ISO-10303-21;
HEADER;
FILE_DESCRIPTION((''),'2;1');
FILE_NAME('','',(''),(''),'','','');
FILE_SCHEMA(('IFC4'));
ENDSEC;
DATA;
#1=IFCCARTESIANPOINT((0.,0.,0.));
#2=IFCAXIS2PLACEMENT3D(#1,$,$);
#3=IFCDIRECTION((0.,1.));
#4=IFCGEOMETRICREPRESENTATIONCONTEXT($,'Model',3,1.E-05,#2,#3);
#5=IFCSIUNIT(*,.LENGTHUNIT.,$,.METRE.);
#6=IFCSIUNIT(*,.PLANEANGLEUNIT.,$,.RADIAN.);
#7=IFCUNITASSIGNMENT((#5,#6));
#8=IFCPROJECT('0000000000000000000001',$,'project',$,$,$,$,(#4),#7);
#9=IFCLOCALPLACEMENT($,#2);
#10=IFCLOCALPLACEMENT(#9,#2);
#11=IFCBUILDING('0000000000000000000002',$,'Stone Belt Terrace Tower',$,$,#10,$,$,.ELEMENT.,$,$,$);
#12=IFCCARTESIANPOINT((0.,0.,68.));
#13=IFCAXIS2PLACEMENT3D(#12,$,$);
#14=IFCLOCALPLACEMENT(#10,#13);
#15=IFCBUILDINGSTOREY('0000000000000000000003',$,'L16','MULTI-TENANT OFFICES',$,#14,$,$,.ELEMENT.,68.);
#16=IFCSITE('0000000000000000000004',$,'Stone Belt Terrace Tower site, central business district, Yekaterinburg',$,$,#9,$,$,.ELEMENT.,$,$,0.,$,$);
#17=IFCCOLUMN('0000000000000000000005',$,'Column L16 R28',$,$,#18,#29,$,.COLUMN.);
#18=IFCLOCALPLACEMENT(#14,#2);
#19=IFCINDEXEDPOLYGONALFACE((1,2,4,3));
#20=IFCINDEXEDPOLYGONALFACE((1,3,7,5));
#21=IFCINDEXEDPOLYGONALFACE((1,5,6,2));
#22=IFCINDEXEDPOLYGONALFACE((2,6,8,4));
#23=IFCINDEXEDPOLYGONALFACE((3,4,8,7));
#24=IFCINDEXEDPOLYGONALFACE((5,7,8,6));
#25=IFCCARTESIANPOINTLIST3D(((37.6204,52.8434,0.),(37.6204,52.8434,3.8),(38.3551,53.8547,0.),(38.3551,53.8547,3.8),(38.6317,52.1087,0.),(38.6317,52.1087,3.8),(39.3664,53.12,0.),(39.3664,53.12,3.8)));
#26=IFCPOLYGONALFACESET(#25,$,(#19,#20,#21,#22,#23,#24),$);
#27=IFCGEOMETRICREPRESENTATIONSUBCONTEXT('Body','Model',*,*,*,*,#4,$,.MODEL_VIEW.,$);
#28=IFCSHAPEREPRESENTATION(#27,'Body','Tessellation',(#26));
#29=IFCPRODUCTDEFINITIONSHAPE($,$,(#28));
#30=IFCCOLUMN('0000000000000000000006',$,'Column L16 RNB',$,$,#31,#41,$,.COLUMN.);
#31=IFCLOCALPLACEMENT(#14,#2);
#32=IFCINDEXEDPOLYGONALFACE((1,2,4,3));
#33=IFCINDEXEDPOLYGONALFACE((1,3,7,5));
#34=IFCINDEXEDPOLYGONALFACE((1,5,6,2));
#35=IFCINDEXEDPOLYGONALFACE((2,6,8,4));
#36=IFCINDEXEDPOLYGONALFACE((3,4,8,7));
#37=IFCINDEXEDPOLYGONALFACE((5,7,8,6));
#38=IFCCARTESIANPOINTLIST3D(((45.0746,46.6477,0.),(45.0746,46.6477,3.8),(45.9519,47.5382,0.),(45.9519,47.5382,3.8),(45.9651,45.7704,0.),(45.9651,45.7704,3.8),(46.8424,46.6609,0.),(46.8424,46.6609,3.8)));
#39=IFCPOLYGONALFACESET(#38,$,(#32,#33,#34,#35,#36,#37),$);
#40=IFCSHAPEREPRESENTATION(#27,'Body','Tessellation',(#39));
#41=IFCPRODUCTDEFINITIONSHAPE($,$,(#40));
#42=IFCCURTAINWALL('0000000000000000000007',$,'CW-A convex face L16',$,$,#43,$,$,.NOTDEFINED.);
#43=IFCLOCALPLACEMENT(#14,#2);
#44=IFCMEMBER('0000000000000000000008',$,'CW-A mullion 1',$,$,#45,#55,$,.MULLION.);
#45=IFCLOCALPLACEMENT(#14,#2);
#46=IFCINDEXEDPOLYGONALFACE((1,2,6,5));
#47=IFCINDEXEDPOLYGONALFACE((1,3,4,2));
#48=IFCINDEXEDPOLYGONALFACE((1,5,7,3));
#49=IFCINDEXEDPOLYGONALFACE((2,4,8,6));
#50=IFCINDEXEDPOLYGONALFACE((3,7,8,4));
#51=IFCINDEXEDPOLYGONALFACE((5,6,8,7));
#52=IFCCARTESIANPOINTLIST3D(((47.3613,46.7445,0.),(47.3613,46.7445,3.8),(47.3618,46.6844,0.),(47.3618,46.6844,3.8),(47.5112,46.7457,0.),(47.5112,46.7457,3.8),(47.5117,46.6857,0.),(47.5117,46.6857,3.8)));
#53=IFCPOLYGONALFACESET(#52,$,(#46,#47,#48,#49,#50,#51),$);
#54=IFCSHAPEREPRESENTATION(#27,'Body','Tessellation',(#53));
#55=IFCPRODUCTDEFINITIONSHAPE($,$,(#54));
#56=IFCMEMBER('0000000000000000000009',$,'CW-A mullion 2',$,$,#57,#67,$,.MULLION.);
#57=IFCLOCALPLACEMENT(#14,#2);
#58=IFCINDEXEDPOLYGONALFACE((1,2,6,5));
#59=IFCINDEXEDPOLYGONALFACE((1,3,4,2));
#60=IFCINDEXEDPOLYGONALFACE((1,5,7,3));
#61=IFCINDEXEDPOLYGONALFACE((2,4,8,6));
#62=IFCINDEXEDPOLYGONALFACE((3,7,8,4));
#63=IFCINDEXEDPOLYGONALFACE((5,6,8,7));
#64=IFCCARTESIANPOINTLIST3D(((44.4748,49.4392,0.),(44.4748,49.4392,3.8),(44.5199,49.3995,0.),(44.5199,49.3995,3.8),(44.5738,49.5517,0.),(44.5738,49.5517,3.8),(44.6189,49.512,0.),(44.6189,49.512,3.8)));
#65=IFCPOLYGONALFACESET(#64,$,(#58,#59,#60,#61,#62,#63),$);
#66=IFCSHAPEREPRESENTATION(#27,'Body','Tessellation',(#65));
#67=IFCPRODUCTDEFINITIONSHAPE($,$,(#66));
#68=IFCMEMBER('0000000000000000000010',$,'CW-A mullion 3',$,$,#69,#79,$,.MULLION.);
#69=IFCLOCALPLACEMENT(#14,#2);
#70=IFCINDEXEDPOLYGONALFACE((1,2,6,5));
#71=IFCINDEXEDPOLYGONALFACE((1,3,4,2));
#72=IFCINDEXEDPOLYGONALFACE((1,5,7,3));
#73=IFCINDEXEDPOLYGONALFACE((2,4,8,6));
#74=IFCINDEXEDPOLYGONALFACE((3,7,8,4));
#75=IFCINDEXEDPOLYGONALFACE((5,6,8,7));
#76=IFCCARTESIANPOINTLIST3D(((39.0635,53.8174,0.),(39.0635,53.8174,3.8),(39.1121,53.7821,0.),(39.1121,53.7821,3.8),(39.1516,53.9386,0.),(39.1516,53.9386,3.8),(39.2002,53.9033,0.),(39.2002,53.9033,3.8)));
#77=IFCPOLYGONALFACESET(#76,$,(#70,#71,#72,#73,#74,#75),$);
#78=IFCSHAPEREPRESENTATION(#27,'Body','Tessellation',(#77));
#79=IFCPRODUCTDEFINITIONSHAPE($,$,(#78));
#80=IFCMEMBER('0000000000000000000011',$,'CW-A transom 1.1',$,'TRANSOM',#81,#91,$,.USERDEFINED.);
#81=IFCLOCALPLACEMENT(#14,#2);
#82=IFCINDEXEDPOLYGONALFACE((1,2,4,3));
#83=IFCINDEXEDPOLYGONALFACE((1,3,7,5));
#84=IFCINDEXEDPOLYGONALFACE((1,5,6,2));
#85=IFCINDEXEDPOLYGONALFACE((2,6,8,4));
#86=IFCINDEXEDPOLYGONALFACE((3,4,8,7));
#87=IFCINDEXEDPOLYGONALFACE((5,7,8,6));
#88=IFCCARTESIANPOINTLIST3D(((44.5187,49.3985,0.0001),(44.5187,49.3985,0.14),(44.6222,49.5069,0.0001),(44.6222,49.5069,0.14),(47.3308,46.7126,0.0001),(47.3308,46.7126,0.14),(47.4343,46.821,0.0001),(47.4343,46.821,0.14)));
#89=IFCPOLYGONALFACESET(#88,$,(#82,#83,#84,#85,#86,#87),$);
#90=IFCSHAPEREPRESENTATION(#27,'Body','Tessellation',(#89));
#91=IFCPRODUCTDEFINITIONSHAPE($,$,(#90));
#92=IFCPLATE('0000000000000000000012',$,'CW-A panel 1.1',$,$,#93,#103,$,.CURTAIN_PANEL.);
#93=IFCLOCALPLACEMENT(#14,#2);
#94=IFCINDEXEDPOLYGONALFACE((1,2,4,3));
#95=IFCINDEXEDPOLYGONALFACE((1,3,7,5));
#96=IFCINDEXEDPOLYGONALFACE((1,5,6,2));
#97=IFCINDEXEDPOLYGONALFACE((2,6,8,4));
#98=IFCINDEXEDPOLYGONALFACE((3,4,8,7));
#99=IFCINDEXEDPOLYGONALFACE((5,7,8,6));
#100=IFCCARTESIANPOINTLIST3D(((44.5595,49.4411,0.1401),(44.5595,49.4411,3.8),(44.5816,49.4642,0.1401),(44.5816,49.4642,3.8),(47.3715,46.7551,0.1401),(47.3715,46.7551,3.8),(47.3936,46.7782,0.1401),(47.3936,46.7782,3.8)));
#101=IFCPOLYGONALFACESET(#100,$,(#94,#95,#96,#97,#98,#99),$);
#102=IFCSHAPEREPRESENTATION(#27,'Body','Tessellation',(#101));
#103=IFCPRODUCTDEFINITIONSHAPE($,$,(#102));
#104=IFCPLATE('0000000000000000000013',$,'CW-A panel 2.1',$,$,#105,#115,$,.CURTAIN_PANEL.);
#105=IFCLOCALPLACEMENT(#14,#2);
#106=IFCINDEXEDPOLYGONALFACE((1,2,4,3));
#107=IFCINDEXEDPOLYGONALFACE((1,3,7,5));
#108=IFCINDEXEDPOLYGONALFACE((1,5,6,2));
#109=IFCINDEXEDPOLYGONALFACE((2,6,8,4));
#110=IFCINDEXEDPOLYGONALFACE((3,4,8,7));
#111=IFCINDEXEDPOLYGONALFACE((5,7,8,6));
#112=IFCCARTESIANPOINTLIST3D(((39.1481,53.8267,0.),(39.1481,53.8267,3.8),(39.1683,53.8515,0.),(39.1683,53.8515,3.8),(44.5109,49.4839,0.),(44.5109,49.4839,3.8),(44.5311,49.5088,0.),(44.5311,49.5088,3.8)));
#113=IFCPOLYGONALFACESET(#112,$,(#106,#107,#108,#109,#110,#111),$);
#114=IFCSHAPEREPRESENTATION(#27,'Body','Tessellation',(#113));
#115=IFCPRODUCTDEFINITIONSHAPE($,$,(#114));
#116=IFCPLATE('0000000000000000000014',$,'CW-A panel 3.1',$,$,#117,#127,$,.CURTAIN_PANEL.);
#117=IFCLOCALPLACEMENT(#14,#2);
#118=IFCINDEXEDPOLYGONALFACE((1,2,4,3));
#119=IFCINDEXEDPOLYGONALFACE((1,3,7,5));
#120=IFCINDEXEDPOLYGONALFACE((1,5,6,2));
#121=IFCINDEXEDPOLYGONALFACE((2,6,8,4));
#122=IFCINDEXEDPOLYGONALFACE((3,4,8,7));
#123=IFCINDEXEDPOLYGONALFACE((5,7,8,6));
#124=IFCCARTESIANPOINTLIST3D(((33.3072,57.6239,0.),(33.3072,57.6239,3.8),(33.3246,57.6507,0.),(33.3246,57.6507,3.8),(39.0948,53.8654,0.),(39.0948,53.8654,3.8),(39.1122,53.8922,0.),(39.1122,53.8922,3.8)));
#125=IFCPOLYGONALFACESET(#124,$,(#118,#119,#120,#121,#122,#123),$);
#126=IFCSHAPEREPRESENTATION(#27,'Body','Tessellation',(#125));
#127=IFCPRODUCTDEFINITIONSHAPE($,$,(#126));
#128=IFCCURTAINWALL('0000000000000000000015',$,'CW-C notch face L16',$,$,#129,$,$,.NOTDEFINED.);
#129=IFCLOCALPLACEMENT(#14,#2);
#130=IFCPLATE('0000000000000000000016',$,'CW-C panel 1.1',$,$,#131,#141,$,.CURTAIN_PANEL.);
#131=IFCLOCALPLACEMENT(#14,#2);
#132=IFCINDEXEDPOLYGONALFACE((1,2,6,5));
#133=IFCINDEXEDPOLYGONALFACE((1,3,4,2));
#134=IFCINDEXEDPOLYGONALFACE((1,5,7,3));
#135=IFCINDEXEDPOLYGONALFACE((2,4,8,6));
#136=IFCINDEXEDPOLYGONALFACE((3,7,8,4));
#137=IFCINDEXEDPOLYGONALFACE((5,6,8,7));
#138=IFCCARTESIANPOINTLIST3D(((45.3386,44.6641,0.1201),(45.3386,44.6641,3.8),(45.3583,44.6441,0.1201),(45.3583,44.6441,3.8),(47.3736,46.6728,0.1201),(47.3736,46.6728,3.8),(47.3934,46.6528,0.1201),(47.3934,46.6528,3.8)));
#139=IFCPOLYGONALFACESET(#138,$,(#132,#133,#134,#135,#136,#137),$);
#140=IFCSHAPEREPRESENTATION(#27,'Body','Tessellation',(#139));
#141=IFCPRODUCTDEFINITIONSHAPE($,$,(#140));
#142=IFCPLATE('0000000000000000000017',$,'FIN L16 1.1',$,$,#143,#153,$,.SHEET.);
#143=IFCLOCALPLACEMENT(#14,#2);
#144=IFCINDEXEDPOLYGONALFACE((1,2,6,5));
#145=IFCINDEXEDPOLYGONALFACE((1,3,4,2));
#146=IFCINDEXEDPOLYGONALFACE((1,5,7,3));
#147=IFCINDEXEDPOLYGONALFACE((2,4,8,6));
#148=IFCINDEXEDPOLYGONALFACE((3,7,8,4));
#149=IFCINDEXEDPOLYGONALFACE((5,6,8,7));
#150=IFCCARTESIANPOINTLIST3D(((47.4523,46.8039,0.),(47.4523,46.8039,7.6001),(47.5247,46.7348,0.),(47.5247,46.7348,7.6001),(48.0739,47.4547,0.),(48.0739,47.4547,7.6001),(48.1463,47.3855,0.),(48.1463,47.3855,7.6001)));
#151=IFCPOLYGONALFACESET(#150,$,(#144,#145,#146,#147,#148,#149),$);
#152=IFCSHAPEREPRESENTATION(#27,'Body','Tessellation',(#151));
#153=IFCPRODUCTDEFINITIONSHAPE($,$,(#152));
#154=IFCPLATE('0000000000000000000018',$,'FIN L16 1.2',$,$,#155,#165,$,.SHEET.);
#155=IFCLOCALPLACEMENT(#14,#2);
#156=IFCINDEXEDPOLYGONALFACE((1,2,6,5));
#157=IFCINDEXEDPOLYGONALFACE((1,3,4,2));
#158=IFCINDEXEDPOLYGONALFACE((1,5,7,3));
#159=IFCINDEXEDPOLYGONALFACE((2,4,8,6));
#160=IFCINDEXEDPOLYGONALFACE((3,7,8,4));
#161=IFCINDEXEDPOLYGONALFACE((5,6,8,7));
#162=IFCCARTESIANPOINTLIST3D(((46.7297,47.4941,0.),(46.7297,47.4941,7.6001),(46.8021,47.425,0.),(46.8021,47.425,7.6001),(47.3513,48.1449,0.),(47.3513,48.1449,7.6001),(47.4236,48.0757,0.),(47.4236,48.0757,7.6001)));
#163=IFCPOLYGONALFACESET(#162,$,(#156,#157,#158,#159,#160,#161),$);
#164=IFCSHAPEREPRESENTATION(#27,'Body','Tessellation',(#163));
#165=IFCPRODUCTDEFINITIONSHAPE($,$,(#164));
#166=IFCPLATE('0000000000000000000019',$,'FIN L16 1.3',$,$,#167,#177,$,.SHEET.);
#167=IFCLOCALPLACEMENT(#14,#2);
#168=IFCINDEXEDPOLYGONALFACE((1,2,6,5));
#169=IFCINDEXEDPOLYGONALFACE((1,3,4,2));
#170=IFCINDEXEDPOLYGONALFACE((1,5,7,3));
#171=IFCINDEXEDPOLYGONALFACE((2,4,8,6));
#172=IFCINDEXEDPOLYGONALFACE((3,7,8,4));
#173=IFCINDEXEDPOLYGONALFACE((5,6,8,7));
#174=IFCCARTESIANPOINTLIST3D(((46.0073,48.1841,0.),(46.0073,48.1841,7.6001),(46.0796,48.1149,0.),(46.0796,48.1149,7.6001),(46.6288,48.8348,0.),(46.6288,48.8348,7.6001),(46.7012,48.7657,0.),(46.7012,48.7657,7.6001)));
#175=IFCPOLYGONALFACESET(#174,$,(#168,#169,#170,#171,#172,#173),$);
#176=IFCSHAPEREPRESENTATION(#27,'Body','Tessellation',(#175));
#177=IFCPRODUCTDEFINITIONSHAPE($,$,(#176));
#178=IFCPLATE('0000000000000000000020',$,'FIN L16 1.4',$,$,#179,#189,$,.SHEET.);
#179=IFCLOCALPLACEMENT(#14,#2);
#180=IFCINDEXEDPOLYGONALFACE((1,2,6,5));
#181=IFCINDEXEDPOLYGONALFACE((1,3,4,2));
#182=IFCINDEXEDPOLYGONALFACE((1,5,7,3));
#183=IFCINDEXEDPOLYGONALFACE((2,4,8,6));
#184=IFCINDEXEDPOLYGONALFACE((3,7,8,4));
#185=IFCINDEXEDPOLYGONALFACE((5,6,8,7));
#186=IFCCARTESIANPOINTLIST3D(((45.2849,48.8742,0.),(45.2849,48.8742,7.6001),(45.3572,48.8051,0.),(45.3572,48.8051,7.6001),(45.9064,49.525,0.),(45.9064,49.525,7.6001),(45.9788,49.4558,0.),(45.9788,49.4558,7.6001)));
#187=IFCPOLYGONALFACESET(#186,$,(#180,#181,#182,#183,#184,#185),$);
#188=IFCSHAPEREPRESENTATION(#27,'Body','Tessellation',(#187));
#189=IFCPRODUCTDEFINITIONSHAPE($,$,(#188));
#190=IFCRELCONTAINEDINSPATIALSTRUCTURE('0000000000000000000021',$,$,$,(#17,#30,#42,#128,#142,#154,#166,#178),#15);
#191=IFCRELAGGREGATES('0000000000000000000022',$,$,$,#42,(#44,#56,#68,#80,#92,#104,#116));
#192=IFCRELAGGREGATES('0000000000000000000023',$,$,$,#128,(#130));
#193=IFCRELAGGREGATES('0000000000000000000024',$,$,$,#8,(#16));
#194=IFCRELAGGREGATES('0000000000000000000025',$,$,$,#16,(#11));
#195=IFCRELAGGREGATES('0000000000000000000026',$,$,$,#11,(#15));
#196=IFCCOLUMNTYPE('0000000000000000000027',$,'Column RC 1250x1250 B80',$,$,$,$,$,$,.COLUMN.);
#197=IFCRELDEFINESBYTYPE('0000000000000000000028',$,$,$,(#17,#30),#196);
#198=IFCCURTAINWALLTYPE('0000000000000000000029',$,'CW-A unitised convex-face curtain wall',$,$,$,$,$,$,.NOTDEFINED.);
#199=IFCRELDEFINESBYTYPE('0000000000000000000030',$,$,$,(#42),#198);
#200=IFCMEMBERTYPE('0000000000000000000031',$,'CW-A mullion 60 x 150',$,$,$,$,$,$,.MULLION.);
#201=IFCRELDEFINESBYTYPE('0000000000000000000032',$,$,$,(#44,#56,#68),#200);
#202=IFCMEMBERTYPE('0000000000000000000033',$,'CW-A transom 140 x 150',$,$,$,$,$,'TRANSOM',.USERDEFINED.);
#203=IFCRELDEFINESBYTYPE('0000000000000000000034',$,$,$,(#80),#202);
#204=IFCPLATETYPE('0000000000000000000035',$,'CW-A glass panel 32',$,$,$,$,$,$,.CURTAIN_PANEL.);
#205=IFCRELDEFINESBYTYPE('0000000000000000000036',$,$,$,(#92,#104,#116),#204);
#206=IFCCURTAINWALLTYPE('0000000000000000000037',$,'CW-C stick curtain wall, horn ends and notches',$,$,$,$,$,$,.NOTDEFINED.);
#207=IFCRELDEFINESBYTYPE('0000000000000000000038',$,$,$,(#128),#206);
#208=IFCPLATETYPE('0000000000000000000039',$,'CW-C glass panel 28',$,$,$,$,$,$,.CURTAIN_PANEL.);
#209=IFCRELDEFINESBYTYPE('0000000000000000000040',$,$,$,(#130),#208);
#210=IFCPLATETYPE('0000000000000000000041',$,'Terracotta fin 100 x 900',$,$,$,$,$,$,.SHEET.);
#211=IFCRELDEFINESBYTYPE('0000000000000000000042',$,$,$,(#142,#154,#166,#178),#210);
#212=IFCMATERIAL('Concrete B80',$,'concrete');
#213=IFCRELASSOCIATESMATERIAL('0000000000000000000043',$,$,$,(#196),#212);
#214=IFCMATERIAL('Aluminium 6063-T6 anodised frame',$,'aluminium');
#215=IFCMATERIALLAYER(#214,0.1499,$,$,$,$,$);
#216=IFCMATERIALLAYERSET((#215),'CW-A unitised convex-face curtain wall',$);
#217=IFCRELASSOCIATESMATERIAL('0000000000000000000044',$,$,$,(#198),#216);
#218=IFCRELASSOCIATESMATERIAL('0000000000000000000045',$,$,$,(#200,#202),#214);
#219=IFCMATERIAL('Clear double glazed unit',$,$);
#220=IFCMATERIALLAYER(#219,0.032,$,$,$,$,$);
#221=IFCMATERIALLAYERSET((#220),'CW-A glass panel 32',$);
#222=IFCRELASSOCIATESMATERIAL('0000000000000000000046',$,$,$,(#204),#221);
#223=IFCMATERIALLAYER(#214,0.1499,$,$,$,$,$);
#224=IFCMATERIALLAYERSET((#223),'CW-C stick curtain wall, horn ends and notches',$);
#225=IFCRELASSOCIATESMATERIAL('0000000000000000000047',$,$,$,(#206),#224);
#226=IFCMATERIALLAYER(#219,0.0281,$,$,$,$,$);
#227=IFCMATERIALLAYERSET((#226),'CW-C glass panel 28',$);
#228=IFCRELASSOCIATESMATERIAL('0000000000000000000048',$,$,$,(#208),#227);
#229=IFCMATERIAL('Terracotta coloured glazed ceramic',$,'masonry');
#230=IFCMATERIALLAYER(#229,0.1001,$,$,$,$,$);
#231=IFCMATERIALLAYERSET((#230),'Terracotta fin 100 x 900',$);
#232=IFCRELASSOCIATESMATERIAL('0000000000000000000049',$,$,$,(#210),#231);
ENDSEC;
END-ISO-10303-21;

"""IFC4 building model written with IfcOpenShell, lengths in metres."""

from ifc_helpers import new_model, si_unit, direction, frame, origin, origin_2d, place, context, subcontext, project, spatial, rectangle, extrude, material, layer, layer_set, material_profile, profile_set, type_object, element, aggregate, save


model = new_model("IFC4")

# Units and contexts
model_context = context("Model", 3, precision=1e-05, world=origin(), true_north=direction((0.0, 1.0)))
body_context = subcontext(model_context, "Body", "Model", "MODEL_VIEW")
ifc_project = project(units=[si_unit("LENGTHUNIT", "METRE"), si_unit("PLANEANGLEUNIT", "RADIAN")], contexts=[model_context])

# Site, building, storey
site_placement = place(None, origin())
site = spatial("IfcSite", under=ifc_project, at=site_placement, Name="Stone Belt Terrace Tower site, central business district, Yekaterinburg", CompositionType="ELEMENT", RefElevation=0.0)
building_placement = place(site_placement, origin())
building = spatial("IfcBuilding", under=site, at=building_placement, Name="Stone Belt Terrace Tower", CompositionType="ELEMENT")
storey_placement = place(building_placement, frame((0.0, 0.0, 68.0)))
storey = spatial("IfcBuildingStorey", under=building, at=storey_placement, Name="L16", Description="MULTI-TENANT OFFICES", CompositionType="ELEMENT", Elevation=68.0)

# Columns
ifc_material_1 = material(Name="Concrete B80", Category="concrete")
ifc_material_profile_1 = material_profile(ifc_material_1, rectangle(XDim=1.25, YDim=1.25, at=origin_2d()), Name="RC 1250x1250")
ifc_profile_set_1 = profile_set([ifc_material_profile_1], Name="Concrete B80")
column_type = type_object("IfcColumnType", Name="Column RC 1250x1250 B80", PredefinedType="COLUMN", material=ifc_profile_set_1)
for number, where, z_axis, x_axis, name in (
    (1, (38.4934, 52.9817, 0.0), (0.0, 0.0, 1.0), (0.809017, -0.587785, 0.0), "Column L16 R28"),
    (2, (45.9585, 46.6543, 0.0), (0.0, 0.0, 1.0), (0.712398, -0.701775, 0.0), "Column L16 RNB"),
):
    element("IfcColumn", number, at=place(storey_placement, frame(where, z_axis=z_axis, x_axis=x_axis)), inside=storey, type_object=column_type, Name=name, PredefinedType="COLUMN", context=body_context, shape_type="SweptSolid", body=[
        extrude(rectangle(XDim=1.25, YDim=1.25, at=origin_2d()), origin(), (0.0, 0.0, 1.0), 3.8),
    ])

# Curtain wall, members, plates
ifc_material_2 = material(Name="Aluminium 6063-T6 anodised frame", Category="aluminium")
ifc_layer_1 = layer(ifc_material_2, 0.1499)
ifc_layer_set_1 = layer_set([ifc_layer_1], Name="CW-A unitised convex-face curtain wall")
curtain_wall_type_1 = type_object("IfcCurtainWallType", Name="CW-A unitised convex-face curtain wall", PredefinedType="NOTDEFINED", material=ifc_layer_set_1)
curtain_wall_1_placement = place(storey_placement, origin())
curtain_wall_1 = element("IfcCurtainWall", 3, at=curtain_wall_1_placement, inside=storey, type_object=curtain_wall_type_1, Name="CW-A convex face L16", PredefinedType="NOTDEFINED")
ifc_material_profile_2 = material_profile(ifc_material_2, rectangle(XDim=0.1499, YDim=0.0601, at=origin_2d()), Name="Aluminium 6063-T6 60x150")
ifc_profile_set_2 = profile_set([ifc_material_profile_2], Name="Aluminium 6063-T6 anodised frame")
member_type_1 = type_object("IfcMemberType", Name="CW-A mullion 60 x 150", PredefinedType="MULLION", material=ifc_profile_set_2)
member_1_placement = place(storey_placement, frame((47.4365, 46.7151, 0.0), z_axis=(0.0, 0.0, 1.0), x_axis=(-0.999966, -0.008188, 0.0)))
member_1 = element("IfcMember", 4, at=member_1_placement, type_object=member_type_1, Name="CW-A mullion 1", PredefinedType="MULLION", context=body_context, shape_type="SweptSolid", body=[
    extrude(rectangle(XDim=0.1499, YDim=0.0601, at=origin_2d()), origin(), (0.0, 0.0, 1.0), 3.8),
])
member_2_placement = place(storey_placement, frame((44.5469, 49.4756, 0.0), z_axis=(0.0, 0.0, 1.0), x_axis=(-0.660573, -0.750761, 0.0)))
member_2 = element("IfcMember", 5, at=member_2_placement, type_object=member_type_1, Name="CW-A mullion 2", PredefinedType="MULLION", context=body_context, shape_type="SweptSolid", body=[
    extrude(rectangle(XDim=0.1499, YDim=0.0601, at=origin_2d()), origin(), (0.0, 0.0, 1.0), 3.8),
])
member_3_placement = place(storey_placement, frame((39.1318, 53.8604, 0.0), z_axis=(0.0, 0.0, 1.0), x_axis=(-0.587785, -0.809017, 0.0)))
member_3 = element("IfcMember", 6, at=member_3_placement, type_object=member_type_1, Name="CW-A mullion 3", PredefinedType="MULLION", context=body_context, shape_type="SweptSolid", body=[
    extrude(rectangle(XDim=0.1499, YDim=0.0601, at=origin_2d()), origin(), (0.0, 0.0, 1.0), 3.8),
])
ifc_material_profile_3 = material_profile(ifc_material_2, rectangle(XDim=0.1499, YDim=0.1399, at=origin_2d()), Name="Aluminium 6063-T6 150x140")
ifc_profile_set_3 = profile_set([ifc_material_profile_3], Name="Aluminium 6063-T6 anodised frame")
member_type_2 = type_object("IfcMemberType", Name="CW-A transom 140 x 150", ElementType="TRANSOM", PredefinedType="USERDEFINED", material=ifc_profile_set_3)
member_4_placement = place(storey_placement, frame((47.3826, 46.7668, 0.0701), z_axis=(-0.72315, 0.690691, 0.0), x_axis=(-0.690691, -0.72315, 0.0)))
member_4 = element("IfcMember", 7, at=member_4_placement, type_object=member_type_2, Name="CW-A transom 1.1", ObjectType="TRANSOM", PredefinedType="USERDEFINED", context=body_context, shape_type="SweptSolid", body=[
    extrude(rectangle(XDim=0.1499, YDim=0.1399, at=origin_2d()), origin(), (0.0, 0.0, 1.0), 3.8887),
])
ifc_material_3 = material(Name="Clear double glazed unit")
ifc_layer_2 = layer(ifc_material_3, 0.032)
ifc_layer_set_2 = layer_set([ifc_layer_2], Name="CW-A glass panel 32")
plate_type_1 = type_object("IfcPlateType", Name="CW-A glass panel 32", PredefinedType="CURTAIN_PANEL", material=ifc_layer_set_2)
plate_1_placement = place(storey_placement, frame((45.9766, 48.1096, 0.1401), z_axis=(0.0, 0.0, 1.0), x_axis=(-0.723121, 0.690721, 0.0)))
plate_1 = element("IfcPlate", 8, at=plate_1_placement, type_object=plate_type_1, Name="CW-A panel 1.1", PredefinedType="CURTAIN_PANEL", context=body_context, shape_type="SweptSolid", body=[
    extrude(rectangle(XDim=3.8887, YDim=0.032, at=origin_2d()), origin(), (0.0, 0.0, 1.0), 3.6599),
])
plate_2_placement = place(storey_placement, frame((41.8396, 51.6677, 0.0), z_axis=(0.0, 0.0, 1.0), x_axis=(-0.777146, 0.62932, 0.0)))
plate_2 = element("IfcPlate", 9, at=plate_2_placement, type_object=plate_type_1, Name="CW-A panel 2.1", PredefinedType="CURTAIN_PANEL", context=body_context, shape_type="SweptSolid", body=[
    extrude(rectangle(XDim=6.9006, YDim=0.032, at=origin_2d()), origin(), (0.0, 0.0, 1.0), 3.8),
])
plate_3_placement = place(storey_placement, frame((36.2097, 55.7581, 0.0), z_axis=(0.0, 0.0, 1.0), x_axis=(-0.838671, 0.544639, 0.0)))
plate_3 = element("IfcPlate", 10, at=plate_3_placement, type_object=plate_type_1, Name="CW-A panel 3.1", PredefinedType="CURTAIN_PANEL", context=body_context, shape_type="SweptSolid", body=[
    extrude(rectangle(XDim=6.9009, YDim=0.032, at=origin_2d()), origin(), (0.0, 0.0, 1.0), 3.8),
])
aggregate(curtain_wall_1, [member_1, member_2, member_3, member_4, plate_1, plate_2, plate_3])

# Curtain wall, plate
ifc_layer_3 = layer(ifc_material_2, 0.1499)
ifc_layer_set_3 = layer_set([ifc_layer_3], Name="CW-C stick curtain wall, horn ends and notches")
curtain_wall_type_2 = type_object("IfcCurtainWallType", Name="CW-C stick curtain wall, horn ends and notches", PredefinedType="NOTDEFINED", material=ifc_layer_set_3)
curtain_wall_2_placement = place(storey_placement, origin())
curtain_wall_2 = element("IfcCurtainWall", 11, at=curtain_wall_2_placement, inside=storey, type_object=curtain_wall_type_2, Name="CW-C notch face L16", PredefinedType="NOTDEFINED")
ifc_layer_4 = layer(ifc_material_3, 0.0281)
ifc_layer_set_4 = layer_set([ifc_layer_4], Name="CW-C glass panel 28")
plate_type_2 = type_object("IfcPlateType", Name="CW-C glass panel 28", PredefinedType="CURTAIN_PANEL", material=ifc_layer_set_4)
plate_4_placement = place(storey_placement, frame((46.366, 45.6584, 0.1201), z_axis=(0.0, 0.0, 1.0), x_axis=(0.711713, 0.70247, 0.0)))
plate_4 = element("IfcPlate", 12, at=plate_4_placement, type_object=plate_type_2, Name="CW-C panel 1.1", PredefinedType="CURTAIN_PANEL", context=body_context, shape_type="SweptSolid", body=[
    extrude(rectangle(XDim=2.8594, YDim=0.0281, at=origin_2d()), origin(), (0.0, 0.0, 1.0), 3.6799),
])
aggregate(curtain_wall_2, [plate_4])

# Plates
ifc_material_4 = material(Name="Terracotta coloured glazed ceramic", Category="masonry")
ifc_layer_5 = layer(ifc_material_4, 0.1001)
ifc_layer_set_5 = layer_set([ifc_layer_5], Name="Terracotta fin 100 x 900")
plate_type_3 = type_object("IfcPlateType", Name="Terracotta fin 100 x 900", PredefinedType="SHEET", material=ifc_layer_set_5)
for number, where, z_axis, x_axis, name in (
    (13, (47.7993, 47.0947, 0.0), (0.0, 0.0, 1.0), (0.690721, 0.723121, 0.0), "FIN L16 1.1"),
    (14, (47.0767, 47.7849, 0.0), (0.0, 0.0, 1.0), (0.690721, 0.723121, 0.0), "FIN L16 1.2"),
    (15, (46.3542, 48.4749, 0.0), (0.0, 0.0, 1.0), (0.690721, 0.723121, 0.0), "FIN L16 1.3"),
    (16, (45.6318, 49.165, 0.0), (0.0, 0.0, 1.0), (0.690721, 0.723121, 0.0), "FIN L16 1.4"),
):
    element("IfcPlate", number, at=place(storey_placement, frame(where, z_axis=z_axis, x_axis=x_axis)), inside=storey, type_object=plate_type_3, Name=name, PredefinedType="SHEET", context=body_context, shape_type="SweptSolid", body=[
        extrude(rectangle(XDim=0.8999, YDim=0.1001, at=origin_2d()), origin(), (0.0, 0.0, 1.0), 7.6001),
    ])

save(model, "model.ifc")
